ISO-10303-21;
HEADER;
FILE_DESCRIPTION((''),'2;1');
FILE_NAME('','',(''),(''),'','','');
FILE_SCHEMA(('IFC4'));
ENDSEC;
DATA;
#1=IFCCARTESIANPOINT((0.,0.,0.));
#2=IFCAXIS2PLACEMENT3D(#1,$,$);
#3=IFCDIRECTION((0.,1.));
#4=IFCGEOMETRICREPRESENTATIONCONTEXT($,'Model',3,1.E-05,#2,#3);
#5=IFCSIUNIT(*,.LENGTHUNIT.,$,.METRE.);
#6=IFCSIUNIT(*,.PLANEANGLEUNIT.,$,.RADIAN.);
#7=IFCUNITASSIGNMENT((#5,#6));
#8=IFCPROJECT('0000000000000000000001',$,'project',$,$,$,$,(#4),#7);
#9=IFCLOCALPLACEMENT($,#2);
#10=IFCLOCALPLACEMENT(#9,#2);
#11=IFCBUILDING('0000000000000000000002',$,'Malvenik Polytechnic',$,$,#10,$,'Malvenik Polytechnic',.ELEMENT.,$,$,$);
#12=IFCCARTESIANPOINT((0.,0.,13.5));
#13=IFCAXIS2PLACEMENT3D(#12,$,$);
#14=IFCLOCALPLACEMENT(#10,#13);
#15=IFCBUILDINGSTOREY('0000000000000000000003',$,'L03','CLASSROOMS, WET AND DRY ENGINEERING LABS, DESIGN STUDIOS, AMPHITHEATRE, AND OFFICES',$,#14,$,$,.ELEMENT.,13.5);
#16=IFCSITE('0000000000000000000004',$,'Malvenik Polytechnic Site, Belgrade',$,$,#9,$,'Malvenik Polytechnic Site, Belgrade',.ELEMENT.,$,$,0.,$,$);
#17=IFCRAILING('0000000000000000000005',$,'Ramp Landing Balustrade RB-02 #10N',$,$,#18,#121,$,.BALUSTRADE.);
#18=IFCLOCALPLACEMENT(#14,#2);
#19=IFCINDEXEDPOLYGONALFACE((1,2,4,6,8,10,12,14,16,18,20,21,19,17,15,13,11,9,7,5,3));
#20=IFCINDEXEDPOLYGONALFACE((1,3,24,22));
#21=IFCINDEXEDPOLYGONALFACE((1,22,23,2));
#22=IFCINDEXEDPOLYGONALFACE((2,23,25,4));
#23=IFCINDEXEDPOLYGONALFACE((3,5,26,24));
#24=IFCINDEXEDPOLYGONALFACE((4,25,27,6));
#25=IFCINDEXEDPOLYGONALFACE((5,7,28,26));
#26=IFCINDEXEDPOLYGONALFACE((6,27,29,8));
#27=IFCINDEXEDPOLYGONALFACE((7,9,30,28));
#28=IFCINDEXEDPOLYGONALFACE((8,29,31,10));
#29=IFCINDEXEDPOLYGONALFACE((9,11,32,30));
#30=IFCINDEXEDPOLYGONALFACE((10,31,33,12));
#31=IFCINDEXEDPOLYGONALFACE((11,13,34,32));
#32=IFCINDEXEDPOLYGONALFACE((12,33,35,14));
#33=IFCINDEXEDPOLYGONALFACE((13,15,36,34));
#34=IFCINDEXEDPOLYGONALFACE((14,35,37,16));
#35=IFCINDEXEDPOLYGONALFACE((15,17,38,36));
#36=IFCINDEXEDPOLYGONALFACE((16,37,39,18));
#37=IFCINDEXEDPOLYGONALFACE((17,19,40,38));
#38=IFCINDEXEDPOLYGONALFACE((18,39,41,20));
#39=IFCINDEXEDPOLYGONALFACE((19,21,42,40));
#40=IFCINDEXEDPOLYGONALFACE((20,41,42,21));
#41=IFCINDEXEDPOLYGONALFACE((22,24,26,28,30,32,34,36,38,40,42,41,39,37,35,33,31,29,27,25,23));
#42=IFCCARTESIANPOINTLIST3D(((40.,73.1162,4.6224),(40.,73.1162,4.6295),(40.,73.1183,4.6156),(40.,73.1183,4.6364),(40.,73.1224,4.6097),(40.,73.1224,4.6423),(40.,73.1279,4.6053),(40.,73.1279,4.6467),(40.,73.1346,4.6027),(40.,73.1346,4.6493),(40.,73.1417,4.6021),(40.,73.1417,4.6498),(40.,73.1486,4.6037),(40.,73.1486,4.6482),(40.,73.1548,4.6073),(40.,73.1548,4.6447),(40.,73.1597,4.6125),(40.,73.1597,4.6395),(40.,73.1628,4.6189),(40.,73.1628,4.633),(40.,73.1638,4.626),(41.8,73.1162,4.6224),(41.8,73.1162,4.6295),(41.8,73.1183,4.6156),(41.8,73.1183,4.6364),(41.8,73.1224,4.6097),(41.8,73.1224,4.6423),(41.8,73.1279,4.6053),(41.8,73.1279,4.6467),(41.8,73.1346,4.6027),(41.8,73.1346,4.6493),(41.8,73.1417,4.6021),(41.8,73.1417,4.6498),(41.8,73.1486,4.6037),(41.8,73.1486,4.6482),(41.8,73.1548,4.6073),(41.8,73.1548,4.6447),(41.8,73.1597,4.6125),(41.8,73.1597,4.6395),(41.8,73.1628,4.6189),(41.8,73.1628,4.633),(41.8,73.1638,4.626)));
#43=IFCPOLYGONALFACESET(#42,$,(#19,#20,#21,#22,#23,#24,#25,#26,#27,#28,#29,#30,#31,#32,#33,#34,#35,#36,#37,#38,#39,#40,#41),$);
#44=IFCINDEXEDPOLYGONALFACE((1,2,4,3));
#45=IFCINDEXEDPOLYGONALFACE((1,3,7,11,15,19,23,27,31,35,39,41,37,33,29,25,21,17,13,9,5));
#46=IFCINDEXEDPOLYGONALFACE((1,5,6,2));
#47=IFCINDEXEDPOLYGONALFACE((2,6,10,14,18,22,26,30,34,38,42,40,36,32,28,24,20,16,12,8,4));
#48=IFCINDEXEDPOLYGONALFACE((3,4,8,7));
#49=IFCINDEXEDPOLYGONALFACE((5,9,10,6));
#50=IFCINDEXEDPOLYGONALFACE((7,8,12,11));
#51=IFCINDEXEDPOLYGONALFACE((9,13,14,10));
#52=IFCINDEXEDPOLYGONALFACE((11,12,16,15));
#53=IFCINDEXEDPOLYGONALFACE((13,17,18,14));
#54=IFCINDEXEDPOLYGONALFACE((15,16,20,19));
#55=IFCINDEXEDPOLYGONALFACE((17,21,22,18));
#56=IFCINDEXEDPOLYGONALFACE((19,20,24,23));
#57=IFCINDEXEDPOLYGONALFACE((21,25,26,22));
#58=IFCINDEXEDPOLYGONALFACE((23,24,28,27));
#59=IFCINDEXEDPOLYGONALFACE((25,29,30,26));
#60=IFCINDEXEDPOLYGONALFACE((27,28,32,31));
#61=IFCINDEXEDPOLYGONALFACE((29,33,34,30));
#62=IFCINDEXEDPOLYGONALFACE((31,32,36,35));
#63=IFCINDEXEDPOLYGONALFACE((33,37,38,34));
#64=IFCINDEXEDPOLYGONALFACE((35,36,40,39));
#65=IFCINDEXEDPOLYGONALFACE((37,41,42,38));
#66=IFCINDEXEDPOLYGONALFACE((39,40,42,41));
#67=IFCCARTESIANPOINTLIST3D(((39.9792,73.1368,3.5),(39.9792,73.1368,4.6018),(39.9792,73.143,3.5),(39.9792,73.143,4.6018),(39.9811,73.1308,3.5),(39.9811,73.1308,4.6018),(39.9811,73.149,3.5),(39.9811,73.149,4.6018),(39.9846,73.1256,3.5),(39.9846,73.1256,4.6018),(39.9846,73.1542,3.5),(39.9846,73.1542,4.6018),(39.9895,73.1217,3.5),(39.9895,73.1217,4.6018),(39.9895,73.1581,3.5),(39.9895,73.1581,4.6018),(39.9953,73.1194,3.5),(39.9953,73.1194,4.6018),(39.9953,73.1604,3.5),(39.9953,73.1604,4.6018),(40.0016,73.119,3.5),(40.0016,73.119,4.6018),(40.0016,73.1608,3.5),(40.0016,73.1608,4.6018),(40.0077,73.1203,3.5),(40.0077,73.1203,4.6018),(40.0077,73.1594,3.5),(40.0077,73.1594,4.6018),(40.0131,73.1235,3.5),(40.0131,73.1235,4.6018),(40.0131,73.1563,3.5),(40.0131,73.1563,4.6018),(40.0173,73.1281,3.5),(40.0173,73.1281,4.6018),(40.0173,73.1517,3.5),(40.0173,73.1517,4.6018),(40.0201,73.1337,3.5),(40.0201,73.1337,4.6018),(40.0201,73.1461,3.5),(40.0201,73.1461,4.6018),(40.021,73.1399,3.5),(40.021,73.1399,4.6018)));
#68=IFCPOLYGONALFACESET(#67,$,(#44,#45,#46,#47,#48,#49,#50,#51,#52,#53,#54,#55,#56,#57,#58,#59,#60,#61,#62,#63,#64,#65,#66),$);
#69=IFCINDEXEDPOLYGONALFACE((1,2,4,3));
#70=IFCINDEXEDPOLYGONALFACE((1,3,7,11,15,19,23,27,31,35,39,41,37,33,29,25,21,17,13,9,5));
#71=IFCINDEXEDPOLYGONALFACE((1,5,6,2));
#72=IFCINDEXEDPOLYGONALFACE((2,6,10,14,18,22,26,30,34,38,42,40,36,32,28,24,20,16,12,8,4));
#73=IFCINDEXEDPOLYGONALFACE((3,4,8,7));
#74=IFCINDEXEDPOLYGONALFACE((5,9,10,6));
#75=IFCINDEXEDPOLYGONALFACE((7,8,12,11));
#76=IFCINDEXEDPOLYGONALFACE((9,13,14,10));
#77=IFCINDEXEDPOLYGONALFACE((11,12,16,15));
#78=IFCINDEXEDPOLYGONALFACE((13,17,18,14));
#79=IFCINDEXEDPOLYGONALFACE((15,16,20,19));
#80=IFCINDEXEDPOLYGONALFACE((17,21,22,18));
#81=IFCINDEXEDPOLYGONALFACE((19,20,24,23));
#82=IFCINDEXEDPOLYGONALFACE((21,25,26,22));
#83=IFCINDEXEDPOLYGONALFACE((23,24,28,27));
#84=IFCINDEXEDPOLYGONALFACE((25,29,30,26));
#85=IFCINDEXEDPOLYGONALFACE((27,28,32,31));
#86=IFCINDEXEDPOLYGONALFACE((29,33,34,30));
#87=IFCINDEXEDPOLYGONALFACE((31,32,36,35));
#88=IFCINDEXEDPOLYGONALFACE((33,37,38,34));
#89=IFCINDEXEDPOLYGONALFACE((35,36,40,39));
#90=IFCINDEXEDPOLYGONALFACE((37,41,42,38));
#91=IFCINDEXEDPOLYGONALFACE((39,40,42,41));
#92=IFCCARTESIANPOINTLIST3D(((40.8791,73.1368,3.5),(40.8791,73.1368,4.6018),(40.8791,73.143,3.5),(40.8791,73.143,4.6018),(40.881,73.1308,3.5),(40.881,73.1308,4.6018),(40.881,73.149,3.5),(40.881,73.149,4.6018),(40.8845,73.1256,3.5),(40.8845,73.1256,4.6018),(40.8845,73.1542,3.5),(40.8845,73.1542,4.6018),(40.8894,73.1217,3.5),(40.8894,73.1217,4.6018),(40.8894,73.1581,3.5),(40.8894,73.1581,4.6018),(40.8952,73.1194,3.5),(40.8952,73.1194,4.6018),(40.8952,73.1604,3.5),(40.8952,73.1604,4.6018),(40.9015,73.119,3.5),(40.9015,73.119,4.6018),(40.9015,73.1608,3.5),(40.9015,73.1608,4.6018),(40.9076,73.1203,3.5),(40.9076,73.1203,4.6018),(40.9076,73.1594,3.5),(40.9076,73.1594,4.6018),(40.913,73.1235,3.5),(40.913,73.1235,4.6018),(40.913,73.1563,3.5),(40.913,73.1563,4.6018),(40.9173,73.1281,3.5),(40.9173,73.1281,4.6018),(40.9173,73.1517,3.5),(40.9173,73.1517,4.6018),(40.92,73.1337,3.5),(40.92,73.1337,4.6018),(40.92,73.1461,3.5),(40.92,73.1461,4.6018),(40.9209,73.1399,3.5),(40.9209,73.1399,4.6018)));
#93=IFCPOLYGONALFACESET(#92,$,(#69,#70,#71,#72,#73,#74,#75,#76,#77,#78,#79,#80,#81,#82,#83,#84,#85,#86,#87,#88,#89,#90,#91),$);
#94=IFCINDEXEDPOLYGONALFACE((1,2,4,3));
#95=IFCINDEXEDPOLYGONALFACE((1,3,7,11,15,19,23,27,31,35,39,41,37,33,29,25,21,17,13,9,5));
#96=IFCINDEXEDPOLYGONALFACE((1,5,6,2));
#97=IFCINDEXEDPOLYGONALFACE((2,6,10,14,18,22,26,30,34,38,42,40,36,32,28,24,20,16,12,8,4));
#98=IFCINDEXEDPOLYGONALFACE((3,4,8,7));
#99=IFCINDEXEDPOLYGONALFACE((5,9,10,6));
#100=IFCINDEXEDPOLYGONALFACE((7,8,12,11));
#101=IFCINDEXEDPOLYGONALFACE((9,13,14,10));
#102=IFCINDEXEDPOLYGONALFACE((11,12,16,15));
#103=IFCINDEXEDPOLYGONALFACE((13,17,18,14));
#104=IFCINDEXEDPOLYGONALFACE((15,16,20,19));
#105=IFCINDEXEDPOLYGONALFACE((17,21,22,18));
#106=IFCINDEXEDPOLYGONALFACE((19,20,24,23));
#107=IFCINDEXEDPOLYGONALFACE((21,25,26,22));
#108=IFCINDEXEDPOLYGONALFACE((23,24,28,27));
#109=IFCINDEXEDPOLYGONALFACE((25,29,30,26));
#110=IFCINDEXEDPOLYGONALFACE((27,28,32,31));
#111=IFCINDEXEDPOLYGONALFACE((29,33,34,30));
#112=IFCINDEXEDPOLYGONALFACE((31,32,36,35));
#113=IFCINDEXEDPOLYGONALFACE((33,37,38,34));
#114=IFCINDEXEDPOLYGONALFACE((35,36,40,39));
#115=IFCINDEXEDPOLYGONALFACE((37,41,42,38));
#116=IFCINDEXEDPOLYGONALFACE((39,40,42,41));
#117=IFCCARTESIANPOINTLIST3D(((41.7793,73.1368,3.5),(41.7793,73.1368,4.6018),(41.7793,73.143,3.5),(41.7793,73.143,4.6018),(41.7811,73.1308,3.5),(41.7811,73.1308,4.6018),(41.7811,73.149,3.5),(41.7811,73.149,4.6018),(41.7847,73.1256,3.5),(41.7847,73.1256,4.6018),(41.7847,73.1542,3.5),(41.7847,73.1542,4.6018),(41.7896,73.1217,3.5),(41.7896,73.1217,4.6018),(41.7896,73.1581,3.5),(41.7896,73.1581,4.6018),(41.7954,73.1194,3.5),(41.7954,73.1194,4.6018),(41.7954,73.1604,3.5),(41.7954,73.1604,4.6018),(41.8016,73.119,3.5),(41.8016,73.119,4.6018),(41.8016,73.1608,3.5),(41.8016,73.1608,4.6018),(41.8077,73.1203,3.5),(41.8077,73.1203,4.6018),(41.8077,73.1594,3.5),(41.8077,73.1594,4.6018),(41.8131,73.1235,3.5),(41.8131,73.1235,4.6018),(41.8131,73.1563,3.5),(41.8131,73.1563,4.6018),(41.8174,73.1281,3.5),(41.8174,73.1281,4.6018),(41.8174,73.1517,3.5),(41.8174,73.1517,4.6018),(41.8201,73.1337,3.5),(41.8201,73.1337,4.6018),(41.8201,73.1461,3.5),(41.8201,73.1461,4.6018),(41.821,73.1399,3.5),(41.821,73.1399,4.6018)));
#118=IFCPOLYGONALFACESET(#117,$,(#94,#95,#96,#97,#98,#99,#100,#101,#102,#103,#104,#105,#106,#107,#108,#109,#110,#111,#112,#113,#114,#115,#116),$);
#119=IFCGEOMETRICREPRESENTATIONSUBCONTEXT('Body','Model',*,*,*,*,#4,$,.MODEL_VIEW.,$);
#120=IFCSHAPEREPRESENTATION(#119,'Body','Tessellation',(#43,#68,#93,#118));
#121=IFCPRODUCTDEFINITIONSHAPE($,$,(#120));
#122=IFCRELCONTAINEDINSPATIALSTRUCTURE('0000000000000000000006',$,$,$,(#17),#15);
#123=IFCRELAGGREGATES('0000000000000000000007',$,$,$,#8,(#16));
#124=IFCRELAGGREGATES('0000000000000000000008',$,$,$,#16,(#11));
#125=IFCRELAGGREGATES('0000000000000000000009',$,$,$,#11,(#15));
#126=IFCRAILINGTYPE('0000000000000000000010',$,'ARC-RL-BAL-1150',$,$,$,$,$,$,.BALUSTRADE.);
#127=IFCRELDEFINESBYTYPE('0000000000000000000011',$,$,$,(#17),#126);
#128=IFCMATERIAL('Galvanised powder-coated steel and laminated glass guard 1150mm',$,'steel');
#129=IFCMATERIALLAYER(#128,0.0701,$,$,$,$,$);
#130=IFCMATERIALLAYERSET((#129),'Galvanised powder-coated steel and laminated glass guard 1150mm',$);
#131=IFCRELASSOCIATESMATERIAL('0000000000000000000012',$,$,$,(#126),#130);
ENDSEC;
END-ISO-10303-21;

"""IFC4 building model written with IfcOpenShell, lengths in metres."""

from ifc_helpers import new_model, si_unit, direction, frame, origin, origin_2d, place, context, subcontext, project, spatial, circle, extrude, material, layer, layer_set, type_object, element, save


model = new_model("IFC4")

# Units and contexts
model_context = context("Model", 3, precision=1e-05, world=origin(), true_north=direction((0.0, 1.0)))
body_context = subcontext(model_context, "Body", "Model", "MODEL_VIEW")
ifc_project = project(units=[si_unit("LENGTHUNIT", "METRE"), si_unit("PLANEANGLEUNIT", "RADIAN")], contexts=[model_context])

# Site, building, storey
site_placement = place(None, origin())
site = spatial("IfcSite", under=ifc_project, at=site_placement, Name="Malvenik Polytechnic Site, Belgrade", LongName="Malvenik Polytechnic Site, Belgrade", CompositionType="ELEMENT", RefElevation=0.0)
building_placement = place(site_placement, origin())
building = spatial("IfcBuilding", under=site, at=building_placement, Name="Malvenik Polytechnic", LongName="Malvenik Polytechnic", CompositionType="ELEMENT")
storey_placement = place(building_placement, frame((0.0, 0.0, 13.5)))
storey = spatial("IfcBuildingStorey", under=building, at=storey_placement, Name="L03", Description="CLASSROOMS, WET AND DRY ENGINEERING LABS, DESIGN STUDIOS, AMPHITHEATRE, AND OFFICES", CompositionType="ELEMENT", Elevation=13.5)

# Railing
ifc_material_1 = material(Name="Galvanised powder-coated steel and laminated glass guard 1150mm", Category="steel")
ifc_layer_1 = layer(ifc_material_1, 0.0701)
ifc_layer_set_1 = layer_set([ifc_layer_1], Name="Galvanised powder-coated steel and laminated glass guard 1150mm")
railing_type_1 = type_object("IfcRailingType", Name="ARC-RL-BAL-1150", PredefinedType="BALUSTRADE", material=ifc_layer_set_1)
railing_1_placement = place(storey_placement, frame((40.0, 73.1399, 3.5)))
element("IfcRailing", 1, at=railing_1_placement, inside=storey, type_object=railing_type_1, Name="Ramp Landing Balustrade RB-02 #10N", PredefinedType="BALUSTRADE", context=body_context, shape_type="SweptSolid", body=[
    extrude(circle(Radius=0.0239, at=origin_2d()), frame((0.0, 0.0, 1.126), z_axis=(1.0, 0.0, 0.0), x_axis=(0.0, 1.0, 0.0)), (0.0, 0.0, 1.0), 1.8),
    extrude(circle(Radius=0.021, at=origin_2d()), origin(), (0.0, 0.0, 1.0), 1.1018),
    extrude(circle(Radius=0.021, at=origin_2d()), frame((0.8999, 0.0, 0.0)), (0.0, 0.0, 1.0), 1.1018),
    extrude(circle(Radius=0.021, at=origin_2d()), frame((1.8, 0.0, 0.0)), (0.0, 0.0, 1.0), 1.1018),
])

save(model, "model.ifc")
